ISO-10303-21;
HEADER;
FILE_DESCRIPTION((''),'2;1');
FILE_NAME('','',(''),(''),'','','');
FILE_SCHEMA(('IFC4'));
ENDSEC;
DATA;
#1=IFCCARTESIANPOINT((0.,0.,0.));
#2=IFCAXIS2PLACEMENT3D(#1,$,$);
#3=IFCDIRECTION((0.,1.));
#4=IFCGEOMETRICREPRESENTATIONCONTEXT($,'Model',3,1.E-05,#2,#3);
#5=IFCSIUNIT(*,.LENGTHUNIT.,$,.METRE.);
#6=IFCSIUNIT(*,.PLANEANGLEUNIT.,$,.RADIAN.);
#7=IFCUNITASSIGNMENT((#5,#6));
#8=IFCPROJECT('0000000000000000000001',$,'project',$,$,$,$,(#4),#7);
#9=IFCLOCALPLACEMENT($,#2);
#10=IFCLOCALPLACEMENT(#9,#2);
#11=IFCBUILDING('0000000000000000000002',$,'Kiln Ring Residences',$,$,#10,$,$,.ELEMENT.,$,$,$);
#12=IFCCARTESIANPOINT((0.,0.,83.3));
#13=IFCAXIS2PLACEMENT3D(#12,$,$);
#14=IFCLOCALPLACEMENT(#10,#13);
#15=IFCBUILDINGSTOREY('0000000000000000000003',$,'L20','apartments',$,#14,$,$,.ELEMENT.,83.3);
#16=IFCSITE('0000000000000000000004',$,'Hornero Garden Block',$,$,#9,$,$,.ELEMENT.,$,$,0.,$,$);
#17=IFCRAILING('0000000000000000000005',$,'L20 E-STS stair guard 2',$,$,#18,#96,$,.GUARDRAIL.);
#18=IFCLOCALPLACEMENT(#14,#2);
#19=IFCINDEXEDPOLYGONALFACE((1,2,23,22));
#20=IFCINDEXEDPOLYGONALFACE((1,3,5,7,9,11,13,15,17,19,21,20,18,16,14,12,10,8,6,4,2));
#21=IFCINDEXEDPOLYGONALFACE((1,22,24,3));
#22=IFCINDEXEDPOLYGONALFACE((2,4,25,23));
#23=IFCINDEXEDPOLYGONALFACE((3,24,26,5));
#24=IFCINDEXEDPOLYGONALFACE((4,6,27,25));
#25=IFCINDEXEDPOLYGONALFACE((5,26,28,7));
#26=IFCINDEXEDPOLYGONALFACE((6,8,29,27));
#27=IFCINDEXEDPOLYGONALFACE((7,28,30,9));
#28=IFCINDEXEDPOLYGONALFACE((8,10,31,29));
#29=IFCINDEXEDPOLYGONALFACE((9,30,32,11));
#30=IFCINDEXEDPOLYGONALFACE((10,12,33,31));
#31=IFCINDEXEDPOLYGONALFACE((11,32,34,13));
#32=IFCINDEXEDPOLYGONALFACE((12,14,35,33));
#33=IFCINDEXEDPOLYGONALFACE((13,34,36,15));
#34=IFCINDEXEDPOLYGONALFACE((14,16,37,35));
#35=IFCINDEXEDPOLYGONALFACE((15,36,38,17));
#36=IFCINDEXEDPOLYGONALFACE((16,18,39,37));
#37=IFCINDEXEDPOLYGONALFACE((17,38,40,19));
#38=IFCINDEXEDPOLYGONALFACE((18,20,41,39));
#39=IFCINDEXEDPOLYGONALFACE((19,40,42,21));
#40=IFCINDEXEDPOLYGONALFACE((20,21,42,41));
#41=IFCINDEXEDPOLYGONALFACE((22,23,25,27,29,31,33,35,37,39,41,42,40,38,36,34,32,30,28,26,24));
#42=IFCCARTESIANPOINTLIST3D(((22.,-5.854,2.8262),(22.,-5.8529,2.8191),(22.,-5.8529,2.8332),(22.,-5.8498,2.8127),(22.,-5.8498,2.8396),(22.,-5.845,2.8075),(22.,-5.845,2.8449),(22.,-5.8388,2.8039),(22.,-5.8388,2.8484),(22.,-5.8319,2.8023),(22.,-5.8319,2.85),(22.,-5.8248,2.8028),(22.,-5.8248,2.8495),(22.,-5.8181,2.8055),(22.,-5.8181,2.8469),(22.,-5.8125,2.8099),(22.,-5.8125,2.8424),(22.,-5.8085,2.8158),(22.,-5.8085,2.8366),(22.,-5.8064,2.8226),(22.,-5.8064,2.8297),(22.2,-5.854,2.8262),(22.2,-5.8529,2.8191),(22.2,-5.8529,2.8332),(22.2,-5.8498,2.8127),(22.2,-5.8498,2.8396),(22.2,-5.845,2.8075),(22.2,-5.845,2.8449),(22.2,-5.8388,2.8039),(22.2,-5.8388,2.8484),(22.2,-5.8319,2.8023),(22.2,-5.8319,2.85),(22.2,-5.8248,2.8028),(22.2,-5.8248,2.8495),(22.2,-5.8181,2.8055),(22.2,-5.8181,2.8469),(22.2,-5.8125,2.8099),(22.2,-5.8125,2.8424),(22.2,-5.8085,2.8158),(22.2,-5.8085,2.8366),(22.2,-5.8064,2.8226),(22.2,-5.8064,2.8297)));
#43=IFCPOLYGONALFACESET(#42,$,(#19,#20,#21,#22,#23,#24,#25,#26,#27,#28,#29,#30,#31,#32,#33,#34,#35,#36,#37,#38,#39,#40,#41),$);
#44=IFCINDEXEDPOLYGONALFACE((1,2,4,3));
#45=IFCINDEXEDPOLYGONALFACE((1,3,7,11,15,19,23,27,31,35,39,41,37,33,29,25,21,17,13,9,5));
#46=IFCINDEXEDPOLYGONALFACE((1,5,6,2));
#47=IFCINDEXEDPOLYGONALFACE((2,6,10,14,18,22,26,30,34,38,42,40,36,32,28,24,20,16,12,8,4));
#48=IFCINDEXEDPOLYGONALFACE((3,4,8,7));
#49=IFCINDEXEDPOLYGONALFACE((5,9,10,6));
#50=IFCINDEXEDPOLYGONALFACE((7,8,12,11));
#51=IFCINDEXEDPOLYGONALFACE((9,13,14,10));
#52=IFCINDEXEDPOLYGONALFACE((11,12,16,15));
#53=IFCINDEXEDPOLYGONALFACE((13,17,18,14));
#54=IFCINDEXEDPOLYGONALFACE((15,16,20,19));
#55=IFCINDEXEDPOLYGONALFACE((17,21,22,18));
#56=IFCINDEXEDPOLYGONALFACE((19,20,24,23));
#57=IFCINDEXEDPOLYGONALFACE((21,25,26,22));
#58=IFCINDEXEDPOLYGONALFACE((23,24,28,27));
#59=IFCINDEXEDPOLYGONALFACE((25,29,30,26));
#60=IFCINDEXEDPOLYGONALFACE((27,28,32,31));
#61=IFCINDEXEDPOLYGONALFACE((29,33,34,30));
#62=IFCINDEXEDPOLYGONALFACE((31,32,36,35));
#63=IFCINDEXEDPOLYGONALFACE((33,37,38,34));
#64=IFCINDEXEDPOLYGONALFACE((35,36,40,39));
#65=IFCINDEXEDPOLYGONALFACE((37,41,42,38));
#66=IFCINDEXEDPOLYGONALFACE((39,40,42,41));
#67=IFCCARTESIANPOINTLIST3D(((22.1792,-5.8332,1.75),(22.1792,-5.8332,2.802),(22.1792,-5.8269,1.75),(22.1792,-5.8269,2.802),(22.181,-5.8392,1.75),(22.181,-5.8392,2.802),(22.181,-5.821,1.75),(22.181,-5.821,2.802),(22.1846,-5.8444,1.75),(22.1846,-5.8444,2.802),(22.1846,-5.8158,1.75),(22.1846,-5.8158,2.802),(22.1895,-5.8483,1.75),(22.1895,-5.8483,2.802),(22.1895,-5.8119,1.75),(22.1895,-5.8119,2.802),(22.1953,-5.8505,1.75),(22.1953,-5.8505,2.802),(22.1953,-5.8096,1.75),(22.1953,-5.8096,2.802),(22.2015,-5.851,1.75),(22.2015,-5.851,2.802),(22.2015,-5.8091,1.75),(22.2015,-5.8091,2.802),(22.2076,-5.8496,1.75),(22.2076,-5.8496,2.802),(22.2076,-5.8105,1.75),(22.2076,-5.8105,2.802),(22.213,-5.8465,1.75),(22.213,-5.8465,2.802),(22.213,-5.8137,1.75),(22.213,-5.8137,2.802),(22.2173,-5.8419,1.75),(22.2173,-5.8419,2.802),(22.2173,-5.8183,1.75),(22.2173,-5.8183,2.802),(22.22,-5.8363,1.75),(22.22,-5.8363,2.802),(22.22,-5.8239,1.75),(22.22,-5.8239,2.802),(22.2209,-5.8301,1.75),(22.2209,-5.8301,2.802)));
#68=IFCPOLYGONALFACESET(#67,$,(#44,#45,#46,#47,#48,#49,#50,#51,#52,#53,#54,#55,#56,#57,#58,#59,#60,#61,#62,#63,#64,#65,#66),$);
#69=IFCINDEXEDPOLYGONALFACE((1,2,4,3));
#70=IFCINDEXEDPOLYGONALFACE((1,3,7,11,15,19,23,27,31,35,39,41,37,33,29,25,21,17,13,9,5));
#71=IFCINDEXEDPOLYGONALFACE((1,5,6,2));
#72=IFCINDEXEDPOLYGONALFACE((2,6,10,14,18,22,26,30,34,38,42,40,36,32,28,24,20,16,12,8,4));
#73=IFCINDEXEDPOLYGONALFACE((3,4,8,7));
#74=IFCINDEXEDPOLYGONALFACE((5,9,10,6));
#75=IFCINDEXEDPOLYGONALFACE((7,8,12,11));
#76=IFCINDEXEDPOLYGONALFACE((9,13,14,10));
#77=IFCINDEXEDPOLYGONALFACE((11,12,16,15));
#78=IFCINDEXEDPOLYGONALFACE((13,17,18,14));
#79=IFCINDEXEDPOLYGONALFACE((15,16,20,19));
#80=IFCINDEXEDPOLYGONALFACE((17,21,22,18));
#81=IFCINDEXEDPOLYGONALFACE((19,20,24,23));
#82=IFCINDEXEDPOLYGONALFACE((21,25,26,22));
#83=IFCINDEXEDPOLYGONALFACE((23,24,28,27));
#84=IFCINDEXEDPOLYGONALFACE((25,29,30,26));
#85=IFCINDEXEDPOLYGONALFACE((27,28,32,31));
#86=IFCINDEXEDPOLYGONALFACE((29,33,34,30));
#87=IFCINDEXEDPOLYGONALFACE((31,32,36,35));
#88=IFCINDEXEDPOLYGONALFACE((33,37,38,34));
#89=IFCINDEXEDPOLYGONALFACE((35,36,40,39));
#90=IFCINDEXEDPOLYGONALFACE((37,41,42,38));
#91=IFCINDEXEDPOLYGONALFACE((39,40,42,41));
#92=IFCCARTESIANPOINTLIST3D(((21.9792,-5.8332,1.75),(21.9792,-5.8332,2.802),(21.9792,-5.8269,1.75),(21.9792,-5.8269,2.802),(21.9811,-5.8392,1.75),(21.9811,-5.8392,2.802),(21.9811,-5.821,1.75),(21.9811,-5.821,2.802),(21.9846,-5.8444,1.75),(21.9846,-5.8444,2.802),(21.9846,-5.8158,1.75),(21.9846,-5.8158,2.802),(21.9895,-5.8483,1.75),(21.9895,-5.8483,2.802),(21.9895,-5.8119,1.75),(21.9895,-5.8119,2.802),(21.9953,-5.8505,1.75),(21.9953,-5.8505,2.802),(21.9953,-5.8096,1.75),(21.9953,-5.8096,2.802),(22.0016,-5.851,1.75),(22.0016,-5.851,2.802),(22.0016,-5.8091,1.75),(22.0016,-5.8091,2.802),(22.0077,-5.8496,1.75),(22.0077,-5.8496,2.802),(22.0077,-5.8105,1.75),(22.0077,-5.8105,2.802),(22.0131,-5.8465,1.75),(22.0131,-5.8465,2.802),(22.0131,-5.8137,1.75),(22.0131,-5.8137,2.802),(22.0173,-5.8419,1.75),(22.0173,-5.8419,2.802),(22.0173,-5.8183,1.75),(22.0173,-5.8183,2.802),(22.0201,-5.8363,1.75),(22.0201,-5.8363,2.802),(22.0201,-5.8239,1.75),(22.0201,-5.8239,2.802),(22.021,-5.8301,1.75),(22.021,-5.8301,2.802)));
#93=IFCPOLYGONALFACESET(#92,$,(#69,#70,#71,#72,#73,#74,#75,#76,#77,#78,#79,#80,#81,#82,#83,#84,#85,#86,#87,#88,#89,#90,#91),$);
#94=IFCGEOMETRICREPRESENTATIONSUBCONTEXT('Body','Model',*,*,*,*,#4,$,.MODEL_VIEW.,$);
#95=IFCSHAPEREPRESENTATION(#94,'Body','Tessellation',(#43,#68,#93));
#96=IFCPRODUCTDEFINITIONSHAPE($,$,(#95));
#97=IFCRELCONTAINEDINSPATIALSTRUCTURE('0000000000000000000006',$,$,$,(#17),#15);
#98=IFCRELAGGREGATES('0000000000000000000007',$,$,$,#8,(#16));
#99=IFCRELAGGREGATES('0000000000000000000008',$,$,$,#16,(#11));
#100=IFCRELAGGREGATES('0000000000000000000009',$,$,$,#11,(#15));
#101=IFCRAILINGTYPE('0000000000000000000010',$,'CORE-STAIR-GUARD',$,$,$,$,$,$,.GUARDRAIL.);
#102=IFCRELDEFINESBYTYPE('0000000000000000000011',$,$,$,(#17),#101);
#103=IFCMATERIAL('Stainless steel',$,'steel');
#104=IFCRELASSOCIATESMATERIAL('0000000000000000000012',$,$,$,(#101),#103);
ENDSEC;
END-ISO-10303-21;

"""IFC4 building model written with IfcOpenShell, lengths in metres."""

from ifc_helpers import new_model, si_unit, direction, frame, origin, origin_2d, place, context, subcontext, project, spatial, circle, extrude, material, type_object, element, save


model = new_model("IFC4")

# Units and contexts
model_context = context("Model", 3, precision=1e-05, world=origin(), true_north=direction((0.0, 1.0)))
body_context = subcontext(model_context, "Body", "Model", "MODEL_VIEW")
ifc_project = project(units=[si_unit("LENGTHUNIT", "METRE"), si_unit("PLANEANGLEUNIT", "RADIAN")], contexts=[model_context])

# Site, building, storey
site_placement = place(None, origin())
site = spatial("IfcSite", under=ifc_project, at=site_placement, Name="Hornero Garden Block", CompositionType="ELEMENT", RefElevation=0.0)
building_placement = place(site_placement, origin())
building = spatial("IfcBuilding", under=site, at=building_placement, Name="Kiln Ring Residences", CompositionType="ELEMENT")
storey_placement = place(building_placement, frame((0.0, 0.0, 83.3)))
storey = spatial("IfcBuildingStorey", under=building, at=storey_placement, Name="L20", Description="apartments", CompositionType="ELEMENT", Elevation=83.3)

# Railing
ifc_material_1 = material(Name="Stainless steel", Category="steel")
railing_type_1 = type_object("IfcRailingType", Name="CORE-STAIR-GUARD", PredefinedType="GUARDRAIL", material=ifc_material_1)
railing_1_placement = place(storey_placement, frame((22.2, -5.8301, 1.75)))
element("IfcRailing", 1, at=railing_1_placement, inside=storey, type_object=railing_type_1, Name="L20 E-STS stair guard 2", PredefinedType="GUARDRAIL", context=body_context, shape_type="SweptSolid", body=[
    extrude(circle(Radius=0.0239, at=origin_2d()), frame((0.0, 0.0, 1.0762), z_axis=(-1.0, 0.0, 0.0), x_axis=(0.0, -1.0, 0.0)), (0.0, 0.0, 1.0), 0.2),
    extrude(circle(Radius=0.021, at=origin_2d()), origin(), (0.0, 0.0, 1.0), 1.052),
    extrude(circle(Radius=0.021, at=origin_2d()), frame((-0.2, 0.0, 0.0)), (0.0, 0.0, 1.0), 1.052),
])

save(model, "model.ifc")
